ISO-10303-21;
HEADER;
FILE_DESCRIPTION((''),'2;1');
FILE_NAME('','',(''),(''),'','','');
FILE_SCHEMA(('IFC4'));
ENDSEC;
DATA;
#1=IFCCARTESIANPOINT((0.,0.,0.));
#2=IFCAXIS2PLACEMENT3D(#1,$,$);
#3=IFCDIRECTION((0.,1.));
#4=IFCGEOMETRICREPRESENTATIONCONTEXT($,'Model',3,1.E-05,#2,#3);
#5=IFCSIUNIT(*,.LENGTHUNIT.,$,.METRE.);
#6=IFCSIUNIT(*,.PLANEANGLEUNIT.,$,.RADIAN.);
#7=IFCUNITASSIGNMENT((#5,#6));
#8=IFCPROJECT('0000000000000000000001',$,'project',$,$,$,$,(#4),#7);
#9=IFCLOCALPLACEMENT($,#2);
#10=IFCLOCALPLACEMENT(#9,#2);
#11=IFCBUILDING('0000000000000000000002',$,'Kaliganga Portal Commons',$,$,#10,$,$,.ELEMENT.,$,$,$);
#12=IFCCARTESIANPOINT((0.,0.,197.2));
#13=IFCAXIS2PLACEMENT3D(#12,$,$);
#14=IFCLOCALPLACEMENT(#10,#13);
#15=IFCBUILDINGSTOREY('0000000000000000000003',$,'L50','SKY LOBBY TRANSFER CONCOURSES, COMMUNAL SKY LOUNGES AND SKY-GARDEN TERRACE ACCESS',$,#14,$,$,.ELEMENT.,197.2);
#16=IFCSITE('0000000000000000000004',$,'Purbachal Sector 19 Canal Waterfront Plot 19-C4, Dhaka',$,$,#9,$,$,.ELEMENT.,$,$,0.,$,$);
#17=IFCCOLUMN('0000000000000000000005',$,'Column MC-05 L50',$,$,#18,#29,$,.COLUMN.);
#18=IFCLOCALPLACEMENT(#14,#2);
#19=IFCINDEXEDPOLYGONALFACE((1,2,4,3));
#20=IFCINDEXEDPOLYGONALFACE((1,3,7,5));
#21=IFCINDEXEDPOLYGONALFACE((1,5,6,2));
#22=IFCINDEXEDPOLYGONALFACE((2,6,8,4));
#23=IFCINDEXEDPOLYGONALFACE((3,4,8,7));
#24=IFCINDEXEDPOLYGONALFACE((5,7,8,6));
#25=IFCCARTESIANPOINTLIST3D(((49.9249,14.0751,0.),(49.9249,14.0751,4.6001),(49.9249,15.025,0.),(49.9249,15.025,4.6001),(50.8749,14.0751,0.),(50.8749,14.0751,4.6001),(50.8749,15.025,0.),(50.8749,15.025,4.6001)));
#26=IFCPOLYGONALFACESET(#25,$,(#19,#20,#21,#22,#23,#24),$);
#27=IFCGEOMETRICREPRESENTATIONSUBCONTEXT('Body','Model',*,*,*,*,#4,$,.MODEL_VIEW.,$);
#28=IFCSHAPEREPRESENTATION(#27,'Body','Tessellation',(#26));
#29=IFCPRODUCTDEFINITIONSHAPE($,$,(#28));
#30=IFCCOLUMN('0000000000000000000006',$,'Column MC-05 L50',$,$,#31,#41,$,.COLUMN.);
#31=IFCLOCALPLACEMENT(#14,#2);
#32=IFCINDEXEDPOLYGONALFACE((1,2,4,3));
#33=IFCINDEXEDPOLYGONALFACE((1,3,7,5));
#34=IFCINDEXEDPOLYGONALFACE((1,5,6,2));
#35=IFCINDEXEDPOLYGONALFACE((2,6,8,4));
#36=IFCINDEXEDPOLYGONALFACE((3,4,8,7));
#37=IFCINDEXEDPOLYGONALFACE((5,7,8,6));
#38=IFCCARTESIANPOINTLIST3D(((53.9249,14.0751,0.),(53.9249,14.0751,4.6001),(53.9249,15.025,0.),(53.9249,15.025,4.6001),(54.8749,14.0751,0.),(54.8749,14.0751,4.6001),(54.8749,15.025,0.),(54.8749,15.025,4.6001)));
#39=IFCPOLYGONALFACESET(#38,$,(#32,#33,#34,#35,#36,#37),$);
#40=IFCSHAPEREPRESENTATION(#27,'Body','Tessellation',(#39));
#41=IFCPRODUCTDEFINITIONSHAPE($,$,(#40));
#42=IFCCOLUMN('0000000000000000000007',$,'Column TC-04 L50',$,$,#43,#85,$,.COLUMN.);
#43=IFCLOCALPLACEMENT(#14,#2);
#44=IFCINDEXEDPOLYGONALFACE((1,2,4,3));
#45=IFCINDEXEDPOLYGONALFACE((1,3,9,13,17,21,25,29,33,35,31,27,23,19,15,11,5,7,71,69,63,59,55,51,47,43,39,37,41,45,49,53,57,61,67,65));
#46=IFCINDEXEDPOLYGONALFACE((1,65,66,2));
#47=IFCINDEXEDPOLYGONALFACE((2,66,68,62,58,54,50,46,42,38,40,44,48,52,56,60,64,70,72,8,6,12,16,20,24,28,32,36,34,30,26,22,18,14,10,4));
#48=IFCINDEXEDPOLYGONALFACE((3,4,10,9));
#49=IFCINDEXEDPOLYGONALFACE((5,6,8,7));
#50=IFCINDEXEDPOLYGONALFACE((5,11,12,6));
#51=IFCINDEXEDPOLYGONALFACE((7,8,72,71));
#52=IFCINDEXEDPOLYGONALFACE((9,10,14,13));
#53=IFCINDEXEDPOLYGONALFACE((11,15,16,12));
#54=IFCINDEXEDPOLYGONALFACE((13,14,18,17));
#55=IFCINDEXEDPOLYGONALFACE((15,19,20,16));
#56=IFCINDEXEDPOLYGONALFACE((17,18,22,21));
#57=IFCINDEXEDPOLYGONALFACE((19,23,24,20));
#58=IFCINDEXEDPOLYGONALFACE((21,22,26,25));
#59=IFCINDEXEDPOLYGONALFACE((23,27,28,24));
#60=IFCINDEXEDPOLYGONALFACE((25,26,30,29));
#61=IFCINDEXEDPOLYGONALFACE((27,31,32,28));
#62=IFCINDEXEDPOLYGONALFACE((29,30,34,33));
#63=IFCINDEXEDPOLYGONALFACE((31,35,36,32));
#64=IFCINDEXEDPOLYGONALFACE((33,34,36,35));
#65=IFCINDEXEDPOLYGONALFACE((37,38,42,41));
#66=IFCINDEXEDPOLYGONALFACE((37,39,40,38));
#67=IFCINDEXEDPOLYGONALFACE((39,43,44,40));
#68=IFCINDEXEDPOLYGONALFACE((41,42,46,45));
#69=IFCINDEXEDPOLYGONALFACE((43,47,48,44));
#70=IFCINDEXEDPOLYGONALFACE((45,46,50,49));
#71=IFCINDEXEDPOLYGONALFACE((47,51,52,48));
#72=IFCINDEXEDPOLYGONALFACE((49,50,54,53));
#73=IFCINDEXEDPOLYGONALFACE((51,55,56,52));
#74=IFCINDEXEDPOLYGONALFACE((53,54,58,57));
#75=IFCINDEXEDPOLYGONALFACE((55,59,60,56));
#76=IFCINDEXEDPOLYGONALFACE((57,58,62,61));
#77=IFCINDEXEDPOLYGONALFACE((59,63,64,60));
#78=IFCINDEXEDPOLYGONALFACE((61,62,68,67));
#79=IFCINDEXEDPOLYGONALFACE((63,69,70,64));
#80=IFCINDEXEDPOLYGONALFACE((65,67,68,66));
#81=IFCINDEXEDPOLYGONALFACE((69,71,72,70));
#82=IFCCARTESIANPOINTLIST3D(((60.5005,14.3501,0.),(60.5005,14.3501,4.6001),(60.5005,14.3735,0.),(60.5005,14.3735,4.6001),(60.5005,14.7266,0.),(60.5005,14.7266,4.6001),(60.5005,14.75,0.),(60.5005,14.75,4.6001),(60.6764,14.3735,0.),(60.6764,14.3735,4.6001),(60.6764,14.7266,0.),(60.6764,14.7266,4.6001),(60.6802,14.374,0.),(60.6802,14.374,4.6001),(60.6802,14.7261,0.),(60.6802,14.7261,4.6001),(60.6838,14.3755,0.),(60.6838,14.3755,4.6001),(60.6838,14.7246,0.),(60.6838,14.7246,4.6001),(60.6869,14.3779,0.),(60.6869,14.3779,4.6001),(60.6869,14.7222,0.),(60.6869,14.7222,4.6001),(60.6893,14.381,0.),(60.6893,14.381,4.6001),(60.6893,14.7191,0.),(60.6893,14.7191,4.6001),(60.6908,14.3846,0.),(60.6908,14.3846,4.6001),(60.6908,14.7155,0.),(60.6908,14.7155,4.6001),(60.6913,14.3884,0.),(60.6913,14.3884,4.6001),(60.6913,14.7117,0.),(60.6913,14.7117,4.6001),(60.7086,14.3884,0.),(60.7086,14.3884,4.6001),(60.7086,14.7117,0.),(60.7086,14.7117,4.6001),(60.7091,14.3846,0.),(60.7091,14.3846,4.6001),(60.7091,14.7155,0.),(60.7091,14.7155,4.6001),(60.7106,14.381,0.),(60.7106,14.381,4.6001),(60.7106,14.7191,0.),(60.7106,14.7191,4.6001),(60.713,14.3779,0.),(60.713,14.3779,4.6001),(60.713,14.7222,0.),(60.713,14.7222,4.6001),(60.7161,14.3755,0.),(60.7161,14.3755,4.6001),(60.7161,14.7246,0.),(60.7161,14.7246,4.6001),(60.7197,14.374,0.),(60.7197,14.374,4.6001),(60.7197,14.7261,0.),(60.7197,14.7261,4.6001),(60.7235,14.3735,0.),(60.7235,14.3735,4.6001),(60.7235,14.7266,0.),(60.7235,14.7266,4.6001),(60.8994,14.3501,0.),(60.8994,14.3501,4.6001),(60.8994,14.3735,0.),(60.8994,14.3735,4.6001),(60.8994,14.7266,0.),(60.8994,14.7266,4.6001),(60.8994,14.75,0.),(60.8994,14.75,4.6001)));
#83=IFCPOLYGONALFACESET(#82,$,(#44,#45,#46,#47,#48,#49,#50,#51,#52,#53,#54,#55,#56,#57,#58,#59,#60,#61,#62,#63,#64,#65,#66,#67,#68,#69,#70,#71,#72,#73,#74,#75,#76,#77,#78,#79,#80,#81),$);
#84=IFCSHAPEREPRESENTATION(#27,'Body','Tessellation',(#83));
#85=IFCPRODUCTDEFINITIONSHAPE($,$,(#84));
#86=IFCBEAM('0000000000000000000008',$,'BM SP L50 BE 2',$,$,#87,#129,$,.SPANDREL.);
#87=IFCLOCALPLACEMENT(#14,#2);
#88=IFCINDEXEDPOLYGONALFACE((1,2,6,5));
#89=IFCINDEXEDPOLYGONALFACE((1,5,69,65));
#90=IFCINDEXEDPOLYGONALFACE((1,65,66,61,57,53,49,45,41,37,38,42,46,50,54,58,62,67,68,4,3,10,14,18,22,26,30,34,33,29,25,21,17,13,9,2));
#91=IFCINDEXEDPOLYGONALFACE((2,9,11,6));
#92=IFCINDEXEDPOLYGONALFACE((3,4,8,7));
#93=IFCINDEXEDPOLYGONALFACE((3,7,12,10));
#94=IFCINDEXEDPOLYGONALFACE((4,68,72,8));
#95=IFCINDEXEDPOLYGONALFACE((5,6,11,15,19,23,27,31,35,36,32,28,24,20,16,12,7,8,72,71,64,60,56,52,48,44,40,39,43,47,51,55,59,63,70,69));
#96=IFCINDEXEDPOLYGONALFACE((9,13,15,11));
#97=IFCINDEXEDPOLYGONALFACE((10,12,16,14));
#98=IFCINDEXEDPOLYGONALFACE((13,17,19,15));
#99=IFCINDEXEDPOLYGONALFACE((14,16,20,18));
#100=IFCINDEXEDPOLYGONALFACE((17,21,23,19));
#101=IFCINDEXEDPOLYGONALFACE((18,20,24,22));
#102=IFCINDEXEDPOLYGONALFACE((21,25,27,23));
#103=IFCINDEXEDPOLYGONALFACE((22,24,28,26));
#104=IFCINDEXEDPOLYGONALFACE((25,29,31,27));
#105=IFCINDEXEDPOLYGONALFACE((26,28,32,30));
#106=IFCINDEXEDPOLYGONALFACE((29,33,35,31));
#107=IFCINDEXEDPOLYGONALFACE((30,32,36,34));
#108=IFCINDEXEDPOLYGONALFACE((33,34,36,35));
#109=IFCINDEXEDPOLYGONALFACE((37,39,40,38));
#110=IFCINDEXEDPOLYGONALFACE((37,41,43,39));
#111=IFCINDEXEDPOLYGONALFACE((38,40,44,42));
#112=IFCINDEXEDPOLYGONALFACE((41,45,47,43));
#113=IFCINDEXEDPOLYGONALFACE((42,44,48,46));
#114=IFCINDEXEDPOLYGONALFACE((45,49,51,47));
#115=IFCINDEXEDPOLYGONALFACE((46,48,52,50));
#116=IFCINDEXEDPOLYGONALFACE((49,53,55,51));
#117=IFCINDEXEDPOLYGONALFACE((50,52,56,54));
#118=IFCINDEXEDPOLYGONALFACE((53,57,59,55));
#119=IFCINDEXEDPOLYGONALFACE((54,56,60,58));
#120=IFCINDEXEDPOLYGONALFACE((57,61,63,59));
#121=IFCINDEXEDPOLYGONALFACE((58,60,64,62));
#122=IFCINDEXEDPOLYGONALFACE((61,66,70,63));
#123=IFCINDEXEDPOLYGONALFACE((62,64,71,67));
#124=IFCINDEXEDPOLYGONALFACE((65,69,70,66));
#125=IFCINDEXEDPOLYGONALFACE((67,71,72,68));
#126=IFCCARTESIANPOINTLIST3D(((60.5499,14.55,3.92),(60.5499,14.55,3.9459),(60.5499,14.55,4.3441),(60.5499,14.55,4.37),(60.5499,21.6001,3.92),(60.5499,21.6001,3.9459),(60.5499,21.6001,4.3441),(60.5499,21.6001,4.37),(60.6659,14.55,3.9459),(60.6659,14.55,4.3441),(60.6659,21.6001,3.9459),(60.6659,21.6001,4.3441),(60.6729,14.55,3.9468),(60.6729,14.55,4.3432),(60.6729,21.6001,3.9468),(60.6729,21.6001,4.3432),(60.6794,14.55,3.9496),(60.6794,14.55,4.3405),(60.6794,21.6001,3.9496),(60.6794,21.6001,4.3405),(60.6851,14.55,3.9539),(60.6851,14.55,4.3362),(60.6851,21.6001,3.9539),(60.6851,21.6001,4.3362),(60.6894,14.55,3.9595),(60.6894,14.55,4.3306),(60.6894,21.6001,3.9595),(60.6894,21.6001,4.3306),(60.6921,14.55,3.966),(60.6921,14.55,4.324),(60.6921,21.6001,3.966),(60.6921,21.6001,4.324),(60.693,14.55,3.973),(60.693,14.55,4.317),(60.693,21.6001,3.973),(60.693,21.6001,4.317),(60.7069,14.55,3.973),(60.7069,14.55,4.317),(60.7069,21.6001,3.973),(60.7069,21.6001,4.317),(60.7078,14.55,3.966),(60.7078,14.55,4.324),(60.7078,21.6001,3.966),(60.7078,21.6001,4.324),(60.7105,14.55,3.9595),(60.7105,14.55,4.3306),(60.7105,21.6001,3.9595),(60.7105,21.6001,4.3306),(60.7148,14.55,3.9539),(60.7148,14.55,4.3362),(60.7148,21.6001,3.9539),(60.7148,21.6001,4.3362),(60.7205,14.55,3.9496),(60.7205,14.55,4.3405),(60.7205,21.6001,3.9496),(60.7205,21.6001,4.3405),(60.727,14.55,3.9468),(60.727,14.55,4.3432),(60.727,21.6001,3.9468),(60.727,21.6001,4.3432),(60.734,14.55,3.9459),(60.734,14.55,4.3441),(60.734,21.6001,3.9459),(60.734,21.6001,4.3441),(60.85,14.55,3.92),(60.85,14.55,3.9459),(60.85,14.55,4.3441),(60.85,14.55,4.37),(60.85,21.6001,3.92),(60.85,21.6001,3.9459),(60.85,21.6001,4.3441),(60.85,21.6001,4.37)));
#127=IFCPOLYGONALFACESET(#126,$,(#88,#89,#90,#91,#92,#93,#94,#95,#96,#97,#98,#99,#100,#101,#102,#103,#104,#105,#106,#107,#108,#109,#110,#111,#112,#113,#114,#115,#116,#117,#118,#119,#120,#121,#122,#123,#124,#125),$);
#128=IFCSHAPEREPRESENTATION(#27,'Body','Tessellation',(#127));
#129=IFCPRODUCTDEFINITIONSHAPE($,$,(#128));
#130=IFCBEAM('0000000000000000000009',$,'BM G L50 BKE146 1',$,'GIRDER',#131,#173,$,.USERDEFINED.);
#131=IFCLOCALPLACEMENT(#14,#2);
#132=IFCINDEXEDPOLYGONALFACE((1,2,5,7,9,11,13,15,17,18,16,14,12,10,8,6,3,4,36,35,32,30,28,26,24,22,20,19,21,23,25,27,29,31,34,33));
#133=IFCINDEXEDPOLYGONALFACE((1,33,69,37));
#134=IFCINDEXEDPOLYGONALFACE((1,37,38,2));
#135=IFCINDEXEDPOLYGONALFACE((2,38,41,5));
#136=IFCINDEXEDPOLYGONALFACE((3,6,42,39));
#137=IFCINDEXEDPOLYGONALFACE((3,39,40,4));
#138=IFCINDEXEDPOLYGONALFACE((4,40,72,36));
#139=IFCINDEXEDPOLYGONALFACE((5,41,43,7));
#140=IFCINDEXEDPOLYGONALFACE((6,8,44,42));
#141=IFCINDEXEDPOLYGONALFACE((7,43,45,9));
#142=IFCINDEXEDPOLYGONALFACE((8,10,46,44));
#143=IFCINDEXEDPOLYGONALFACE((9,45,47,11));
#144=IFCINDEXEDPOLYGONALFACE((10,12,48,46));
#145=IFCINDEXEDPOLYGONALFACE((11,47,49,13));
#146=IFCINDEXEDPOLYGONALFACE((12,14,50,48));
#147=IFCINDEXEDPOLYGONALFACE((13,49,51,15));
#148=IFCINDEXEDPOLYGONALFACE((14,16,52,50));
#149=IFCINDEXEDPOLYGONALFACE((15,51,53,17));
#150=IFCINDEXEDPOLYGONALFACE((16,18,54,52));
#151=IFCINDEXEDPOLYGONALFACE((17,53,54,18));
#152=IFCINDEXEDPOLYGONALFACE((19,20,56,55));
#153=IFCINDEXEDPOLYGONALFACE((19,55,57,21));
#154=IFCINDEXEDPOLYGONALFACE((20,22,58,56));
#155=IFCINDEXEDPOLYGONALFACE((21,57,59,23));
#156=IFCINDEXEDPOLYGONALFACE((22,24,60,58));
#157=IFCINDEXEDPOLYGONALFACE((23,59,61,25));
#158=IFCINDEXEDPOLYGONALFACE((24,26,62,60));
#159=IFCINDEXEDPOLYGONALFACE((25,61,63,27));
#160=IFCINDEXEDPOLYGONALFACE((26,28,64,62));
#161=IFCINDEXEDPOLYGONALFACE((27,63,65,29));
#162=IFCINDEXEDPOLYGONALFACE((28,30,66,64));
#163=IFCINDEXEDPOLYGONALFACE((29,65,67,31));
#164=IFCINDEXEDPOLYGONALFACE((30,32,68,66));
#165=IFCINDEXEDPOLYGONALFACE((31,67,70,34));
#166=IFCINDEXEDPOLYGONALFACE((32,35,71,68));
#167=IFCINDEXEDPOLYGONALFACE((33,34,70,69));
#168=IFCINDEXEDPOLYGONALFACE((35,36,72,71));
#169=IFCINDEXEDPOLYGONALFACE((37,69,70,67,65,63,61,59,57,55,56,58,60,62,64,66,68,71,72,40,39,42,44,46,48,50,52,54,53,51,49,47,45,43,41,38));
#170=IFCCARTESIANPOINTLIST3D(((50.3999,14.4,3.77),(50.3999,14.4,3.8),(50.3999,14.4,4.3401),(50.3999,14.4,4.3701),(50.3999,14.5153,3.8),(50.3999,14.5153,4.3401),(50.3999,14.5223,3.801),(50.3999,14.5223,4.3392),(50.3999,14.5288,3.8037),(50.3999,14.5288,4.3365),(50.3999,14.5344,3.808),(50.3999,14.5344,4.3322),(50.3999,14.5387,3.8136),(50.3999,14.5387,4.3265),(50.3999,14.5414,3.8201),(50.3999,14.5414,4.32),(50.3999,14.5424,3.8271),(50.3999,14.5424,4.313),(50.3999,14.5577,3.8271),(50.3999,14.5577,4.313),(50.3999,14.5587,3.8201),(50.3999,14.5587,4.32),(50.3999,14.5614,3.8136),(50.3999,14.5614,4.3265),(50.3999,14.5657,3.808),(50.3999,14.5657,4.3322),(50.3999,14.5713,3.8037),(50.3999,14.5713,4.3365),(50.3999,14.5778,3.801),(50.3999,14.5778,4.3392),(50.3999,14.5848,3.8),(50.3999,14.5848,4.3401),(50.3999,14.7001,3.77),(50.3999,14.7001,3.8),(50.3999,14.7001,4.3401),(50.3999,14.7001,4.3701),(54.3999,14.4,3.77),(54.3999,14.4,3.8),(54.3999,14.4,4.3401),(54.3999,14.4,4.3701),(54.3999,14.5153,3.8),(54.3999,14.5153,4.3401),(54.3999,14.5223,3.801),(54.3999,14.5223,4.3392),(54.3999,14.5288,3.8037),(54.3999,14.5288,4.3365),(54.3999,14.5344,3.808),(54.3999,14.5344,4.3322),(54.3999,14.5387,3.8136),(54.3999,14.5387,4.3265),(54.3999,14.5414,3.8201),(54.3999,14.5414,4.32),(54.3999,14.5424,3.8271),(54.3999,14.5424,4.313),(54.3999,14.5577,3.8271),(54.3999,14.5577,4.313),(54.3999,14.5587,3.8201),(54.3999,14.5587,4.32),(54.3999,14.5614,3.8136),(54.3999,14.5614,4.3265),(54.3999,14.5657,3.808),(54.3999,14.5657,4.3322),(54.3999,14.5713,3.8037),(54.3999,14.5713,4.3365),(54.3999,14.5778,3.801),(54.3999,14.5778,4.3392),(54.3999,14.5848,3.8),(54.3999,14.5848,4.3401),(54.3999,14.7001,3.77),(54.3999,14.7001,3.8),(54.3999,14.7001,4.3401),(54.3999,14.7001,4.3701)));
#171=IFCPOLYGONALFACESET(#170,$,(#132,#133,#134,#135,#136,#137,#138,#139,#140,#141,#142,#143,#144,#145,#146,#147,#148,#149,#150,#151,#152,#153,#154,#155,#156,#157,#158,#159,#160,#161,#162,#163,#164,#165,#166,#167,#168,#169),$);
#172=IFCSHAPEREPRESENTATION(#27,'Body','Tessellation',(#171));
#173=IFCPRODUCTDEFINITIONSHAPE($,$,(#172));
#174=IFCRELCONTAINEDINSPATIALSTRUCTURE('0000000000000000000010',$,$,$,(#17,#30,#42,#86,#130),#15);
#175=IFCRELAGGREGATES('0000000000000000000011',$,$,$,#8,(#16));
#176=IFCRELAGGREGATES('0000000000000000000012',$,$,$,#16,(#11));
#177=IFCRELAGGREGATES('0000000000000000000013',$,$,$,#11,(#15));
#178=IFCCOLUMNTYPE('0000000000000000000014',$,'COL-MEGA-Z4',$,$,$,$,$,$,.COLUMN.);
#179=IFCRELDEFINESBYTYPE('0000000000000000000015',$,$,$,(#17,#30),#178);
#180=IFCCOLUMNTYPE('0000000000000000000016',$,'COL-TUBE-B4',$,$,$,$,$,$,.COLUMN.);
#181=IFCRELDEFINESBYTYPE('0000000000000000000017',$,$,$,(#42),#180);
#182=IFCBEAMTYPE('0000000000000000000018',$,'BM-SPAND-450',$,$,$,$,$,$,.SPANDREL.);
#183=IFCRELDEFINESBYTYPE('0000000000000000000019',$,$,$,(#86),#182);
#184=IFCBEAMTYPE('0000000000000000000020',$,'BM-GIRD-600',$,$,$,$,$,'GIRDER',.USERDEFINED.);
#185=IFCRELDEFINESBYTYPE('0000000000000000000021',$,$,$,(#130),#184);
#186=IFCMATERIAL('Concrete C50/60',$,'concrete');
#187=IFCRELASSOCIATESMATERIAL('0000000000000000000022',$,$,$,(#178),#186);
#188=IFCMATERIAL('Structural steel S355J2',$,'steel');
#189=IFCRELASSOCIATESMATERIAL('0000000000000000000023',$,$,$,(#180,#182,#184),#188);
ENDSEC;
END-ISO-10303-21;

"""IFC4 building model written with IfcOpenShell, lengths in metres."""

from ifc_helpers import new_model, si_unit, direction, frame, origin, origin_2d, place, context, subcontext, project, spatial, rectangle, i_section, extrude, source, transform, mapped, material, material_profile, profile_set, type_object, element, save


model = new_model("IFC4")

# Units and contexts
model_context = context("Model", 3, precision=1e-05, world=origin(), true_north=direction((0.0, 1.0)))
body_context = subcontext(model_context, "Body", "Model", "MODEL_VIEW")
ifc_project = project(units=[si_unit("LENGTHUNIT", "METRE"), si_unit("PLANEANGLEUNIT", "RADIAN")], contexts=[model_context])

# Site, building, storey
site_placement = place(None, origin())
site = spatial("IfcSite", under=ifc_project, at=site_placement, Name="Purbachal Sector 19 Canal Waterfront Plot 19-C4, Dhaka", CompositionType="ELEMENT", RefElevation=0.0)
building_placement = place(site_placement, origin())
building = spatial("IfcBuilding", under=site, at=building_placement, Name="Kaliganga Portal Commons", CompositionType="ELEMENT")
storey_placement = place(building_placement, frame((0.0, 0.0, 197.2)))
storey = spatial("IfcBuildingStorey", under=building, at=storey_placement, Name="L50", Description="SKY LOBBY TRANSFER CONCOURSES, COMMUNAL SKY LOUNGES AND SKY-GARDEN TERRACE ACCESS", CompositionType="ELEMENT", Elevation=197.2)

# Columns
ifc_material_1 = material(Name="Concrete C50/60", Category="concrete")
ifc_material_profile_1 = material_profile(ifc_material_1, rectangle(XDim=0.95, YDim=0.95, at=origin_2d()), Name="RC 950x950")
ifc_profile_set_1 = profile_set([ifc_material_profile_1], Name="Concrete C50/60")
column_type_1 = type_object("IfcColumnType", Name="COL-MEGA-Z4", PredefinedType="COLUMN", material=ifc_profile_set_1)
shared_shape_1 = source(origin(), body_context, "Body", "SweptSolid", [
    extrude(rectangle(XDim=0.95, YDim=0.95, at=origin_2d()), origin(), (0.0, 0.0, 1.0), 4.6001),
])
for number, where, z_axis, x_axis, name in (
    (1, (50.3999, 14.55, 0.0), (0.0, 0.0, 1.0), (1.0, 0.0, 0.0), "Column MC-05 L50"),
    (2, (54.3999, 14.55, 0.0), (0.0, 0.0, 1.0), (1.0, 0.0, 0.0), "Column MC-05 L50"),
):
    element("IfcColumn", number, at=place(storey_placement, frame(where, z_axis=z_axis, x_axis=x_axis)), inside=storey, type_object=column_type_1, Name=name, PredefinedType="COLUMN", context=body_context, shape_type="MappedRepresentation", body=[
        mapped(shared_shape_1, transform((0.0, 0.0, 0.0), x_axis=(1.0, 0.0, 0.0), y_axis=(0.0, 1.0, 0.0), z_axis=(0.0, 0.0, 1.0), scale=1.0)),
    ])
ifc_material_2 = material(Name="Structural steel S355J2", Category="steel")
ifc_material_profile_2 = material_profile(ifc_material_2, i_section(OverallWidth=0.3989, OverallDepth=0.3999, WebThickness=0.0173, FlangeThickness=0.0234, FilletRadius=0.0149, at=origin_2d()), Name="HD 400x287")
ifc_profile_set_2 = profile_set([ifc_material_profile_2], Name="Structural steel S355J2 wide-flange")
column_type_2 = type_object("IfcColumnType", Name="COL-TUBE-B4", PredefinedType="COLUMN", material=ifc_profile_set_2)
shared_shape_2 = source(origin(), body_context, "Body", "SweptSolid", [
    extrude(i_section(OverallWidth=0.3989, OverallDepth=0.3999, WebThickness=0.0173, FlangeThickness=0.0234, FilletRadius=0.0149, at=origin_2d()), origin(), (0.0, 0.0, 1.0), 4.6001),
])
column_placement = place(storey_placement, frame((60.7, 14.55, 0.0), z_axis=(0.0, 0.0, 1.0), x_axis=(1.0, 0.0, 0.0)))
element("IfcColumn", 3, at=column_placement, inside=storey, type_object=column_type_2, Name="Column TC-04 L50", PredefinedType="COLUMN", context=body_context, shape_type="MappedRepresentation", body=[
    mapped(shared_shape_2, transform((0.0, 0.0, 0.0), x_axis=(1.0, 0.0, 0.0), y_axis=(0.0, 1.0, 0.0), z_axis=(0.0, 0.0, 1.0), scale=1.0)),
])

# Beams
ifc_material_profile_3 = material_profile(ifc_material_2, i_section(OverallWidth=0.3, OverallDepth=0.45, WebThickness=0.0139, FlangeThickness=0.0259, FilletRadius=0.0271, at=origin_2d()), Name="HE 450 B")
ifc_profile_set_3 = profile_set([ifc_material_profile_3], Name="Structural steel S355J2 wide-flange")
beam_type_1 = type_object("IfcBeamType", Name="BM-SPAND-450", PredefinedType="SPANDREL", material=ifc_profile_set_3)
shared_shape_3 = source(origin(), body_context, "Body", "SweptSolid", [
    extrude(i_section(OverallWidth=0.3, OverallDepth=0.45, WebThickness=0.0139, FlangeThickness=0.0259, FilletRadius=0.0271, at=origin_2d()), origin(), (0.0, 0.0, 1.0), 7.05),
])
beam_1_placement = place(storey_placement, frame((60.7, 14.55, 4.145), z_axis=(0.0, 1.0, 0.0), x_axis=(-1.0, 0.0, 0.0)))
element("IfcBeam", 4, at=beam_1_placement, inside=storey, type_object=beam_type_1, Name="BM SP L50 BE 2", PredefinedType="SPANDREL", context=body_context, shape_type="MappedRepresentation", body=[
    mapped(shared_shape_3, transform((0.0, 0.0, 0.0), x_axis=(1.0, 0.0, 0.0), y_axis=(0.0, 1.0, 0.0), z_axis=(0.0, 0.0, 1.0), scale=1.0)),
])
ifc_material_profile_4 = material_profile(ifc_material_2, i_section(OverallWidth=0.3, OverallDepth=0.6001, WebThickness=0.0154, FlangeThickness=0.03, FilletRadius=0.0271, at=origin_2d()), Name="HE 600 B")
ifc_profile_set_4 = profile_set([ifc_material_profile_4], Name="Structural steel S355J2 wide-flange")
beam_type_2 = type_object("IfcBeamType", Name="BM-GIRD-600", ElementType="GIRDER", PredefinedType="USERDEFINED", material=ifc_profile_set_4)
shared_shape_4 = source(origin(), body_context, "Body", "SweptSolid", [
    extrude(i_section(OverallWidth=0.3, OverallDepth=0.6001, WebThickness=0.0154, FlangeThickness=0.03, FilletRadius=0.0271, at=origin_2d()), origin(), (0.0, 0.0, 1.0), 4.0),
])
beam_2_placement = place(storey_placement, frame((50.3999, 14.55, 4.0701), z_axis=(1.0, 0.0, 0.0), x_axis=(0.0, 1.0, 0.0)))
element("IfcBeam", 5, at=beam_2_placement, inside=storey, type_object=beam_type_2, Name="BM G L50 BKE146 1", ObjectType="GIRDER", PredefinedType="USERDEFINED", context=body_context, shape_type="MappedRepresentation", body=[
    mapped(shared_shape_4, transform((0.0, 0.0, 0.0), x_axis=(1.0, 0.0, 0.0), y_axis=(0.0, 1.0, 0.0), z_axis=(0.0, 0.0, 1.0), scale=1.0)),
])

save(model, "model.ifc")
